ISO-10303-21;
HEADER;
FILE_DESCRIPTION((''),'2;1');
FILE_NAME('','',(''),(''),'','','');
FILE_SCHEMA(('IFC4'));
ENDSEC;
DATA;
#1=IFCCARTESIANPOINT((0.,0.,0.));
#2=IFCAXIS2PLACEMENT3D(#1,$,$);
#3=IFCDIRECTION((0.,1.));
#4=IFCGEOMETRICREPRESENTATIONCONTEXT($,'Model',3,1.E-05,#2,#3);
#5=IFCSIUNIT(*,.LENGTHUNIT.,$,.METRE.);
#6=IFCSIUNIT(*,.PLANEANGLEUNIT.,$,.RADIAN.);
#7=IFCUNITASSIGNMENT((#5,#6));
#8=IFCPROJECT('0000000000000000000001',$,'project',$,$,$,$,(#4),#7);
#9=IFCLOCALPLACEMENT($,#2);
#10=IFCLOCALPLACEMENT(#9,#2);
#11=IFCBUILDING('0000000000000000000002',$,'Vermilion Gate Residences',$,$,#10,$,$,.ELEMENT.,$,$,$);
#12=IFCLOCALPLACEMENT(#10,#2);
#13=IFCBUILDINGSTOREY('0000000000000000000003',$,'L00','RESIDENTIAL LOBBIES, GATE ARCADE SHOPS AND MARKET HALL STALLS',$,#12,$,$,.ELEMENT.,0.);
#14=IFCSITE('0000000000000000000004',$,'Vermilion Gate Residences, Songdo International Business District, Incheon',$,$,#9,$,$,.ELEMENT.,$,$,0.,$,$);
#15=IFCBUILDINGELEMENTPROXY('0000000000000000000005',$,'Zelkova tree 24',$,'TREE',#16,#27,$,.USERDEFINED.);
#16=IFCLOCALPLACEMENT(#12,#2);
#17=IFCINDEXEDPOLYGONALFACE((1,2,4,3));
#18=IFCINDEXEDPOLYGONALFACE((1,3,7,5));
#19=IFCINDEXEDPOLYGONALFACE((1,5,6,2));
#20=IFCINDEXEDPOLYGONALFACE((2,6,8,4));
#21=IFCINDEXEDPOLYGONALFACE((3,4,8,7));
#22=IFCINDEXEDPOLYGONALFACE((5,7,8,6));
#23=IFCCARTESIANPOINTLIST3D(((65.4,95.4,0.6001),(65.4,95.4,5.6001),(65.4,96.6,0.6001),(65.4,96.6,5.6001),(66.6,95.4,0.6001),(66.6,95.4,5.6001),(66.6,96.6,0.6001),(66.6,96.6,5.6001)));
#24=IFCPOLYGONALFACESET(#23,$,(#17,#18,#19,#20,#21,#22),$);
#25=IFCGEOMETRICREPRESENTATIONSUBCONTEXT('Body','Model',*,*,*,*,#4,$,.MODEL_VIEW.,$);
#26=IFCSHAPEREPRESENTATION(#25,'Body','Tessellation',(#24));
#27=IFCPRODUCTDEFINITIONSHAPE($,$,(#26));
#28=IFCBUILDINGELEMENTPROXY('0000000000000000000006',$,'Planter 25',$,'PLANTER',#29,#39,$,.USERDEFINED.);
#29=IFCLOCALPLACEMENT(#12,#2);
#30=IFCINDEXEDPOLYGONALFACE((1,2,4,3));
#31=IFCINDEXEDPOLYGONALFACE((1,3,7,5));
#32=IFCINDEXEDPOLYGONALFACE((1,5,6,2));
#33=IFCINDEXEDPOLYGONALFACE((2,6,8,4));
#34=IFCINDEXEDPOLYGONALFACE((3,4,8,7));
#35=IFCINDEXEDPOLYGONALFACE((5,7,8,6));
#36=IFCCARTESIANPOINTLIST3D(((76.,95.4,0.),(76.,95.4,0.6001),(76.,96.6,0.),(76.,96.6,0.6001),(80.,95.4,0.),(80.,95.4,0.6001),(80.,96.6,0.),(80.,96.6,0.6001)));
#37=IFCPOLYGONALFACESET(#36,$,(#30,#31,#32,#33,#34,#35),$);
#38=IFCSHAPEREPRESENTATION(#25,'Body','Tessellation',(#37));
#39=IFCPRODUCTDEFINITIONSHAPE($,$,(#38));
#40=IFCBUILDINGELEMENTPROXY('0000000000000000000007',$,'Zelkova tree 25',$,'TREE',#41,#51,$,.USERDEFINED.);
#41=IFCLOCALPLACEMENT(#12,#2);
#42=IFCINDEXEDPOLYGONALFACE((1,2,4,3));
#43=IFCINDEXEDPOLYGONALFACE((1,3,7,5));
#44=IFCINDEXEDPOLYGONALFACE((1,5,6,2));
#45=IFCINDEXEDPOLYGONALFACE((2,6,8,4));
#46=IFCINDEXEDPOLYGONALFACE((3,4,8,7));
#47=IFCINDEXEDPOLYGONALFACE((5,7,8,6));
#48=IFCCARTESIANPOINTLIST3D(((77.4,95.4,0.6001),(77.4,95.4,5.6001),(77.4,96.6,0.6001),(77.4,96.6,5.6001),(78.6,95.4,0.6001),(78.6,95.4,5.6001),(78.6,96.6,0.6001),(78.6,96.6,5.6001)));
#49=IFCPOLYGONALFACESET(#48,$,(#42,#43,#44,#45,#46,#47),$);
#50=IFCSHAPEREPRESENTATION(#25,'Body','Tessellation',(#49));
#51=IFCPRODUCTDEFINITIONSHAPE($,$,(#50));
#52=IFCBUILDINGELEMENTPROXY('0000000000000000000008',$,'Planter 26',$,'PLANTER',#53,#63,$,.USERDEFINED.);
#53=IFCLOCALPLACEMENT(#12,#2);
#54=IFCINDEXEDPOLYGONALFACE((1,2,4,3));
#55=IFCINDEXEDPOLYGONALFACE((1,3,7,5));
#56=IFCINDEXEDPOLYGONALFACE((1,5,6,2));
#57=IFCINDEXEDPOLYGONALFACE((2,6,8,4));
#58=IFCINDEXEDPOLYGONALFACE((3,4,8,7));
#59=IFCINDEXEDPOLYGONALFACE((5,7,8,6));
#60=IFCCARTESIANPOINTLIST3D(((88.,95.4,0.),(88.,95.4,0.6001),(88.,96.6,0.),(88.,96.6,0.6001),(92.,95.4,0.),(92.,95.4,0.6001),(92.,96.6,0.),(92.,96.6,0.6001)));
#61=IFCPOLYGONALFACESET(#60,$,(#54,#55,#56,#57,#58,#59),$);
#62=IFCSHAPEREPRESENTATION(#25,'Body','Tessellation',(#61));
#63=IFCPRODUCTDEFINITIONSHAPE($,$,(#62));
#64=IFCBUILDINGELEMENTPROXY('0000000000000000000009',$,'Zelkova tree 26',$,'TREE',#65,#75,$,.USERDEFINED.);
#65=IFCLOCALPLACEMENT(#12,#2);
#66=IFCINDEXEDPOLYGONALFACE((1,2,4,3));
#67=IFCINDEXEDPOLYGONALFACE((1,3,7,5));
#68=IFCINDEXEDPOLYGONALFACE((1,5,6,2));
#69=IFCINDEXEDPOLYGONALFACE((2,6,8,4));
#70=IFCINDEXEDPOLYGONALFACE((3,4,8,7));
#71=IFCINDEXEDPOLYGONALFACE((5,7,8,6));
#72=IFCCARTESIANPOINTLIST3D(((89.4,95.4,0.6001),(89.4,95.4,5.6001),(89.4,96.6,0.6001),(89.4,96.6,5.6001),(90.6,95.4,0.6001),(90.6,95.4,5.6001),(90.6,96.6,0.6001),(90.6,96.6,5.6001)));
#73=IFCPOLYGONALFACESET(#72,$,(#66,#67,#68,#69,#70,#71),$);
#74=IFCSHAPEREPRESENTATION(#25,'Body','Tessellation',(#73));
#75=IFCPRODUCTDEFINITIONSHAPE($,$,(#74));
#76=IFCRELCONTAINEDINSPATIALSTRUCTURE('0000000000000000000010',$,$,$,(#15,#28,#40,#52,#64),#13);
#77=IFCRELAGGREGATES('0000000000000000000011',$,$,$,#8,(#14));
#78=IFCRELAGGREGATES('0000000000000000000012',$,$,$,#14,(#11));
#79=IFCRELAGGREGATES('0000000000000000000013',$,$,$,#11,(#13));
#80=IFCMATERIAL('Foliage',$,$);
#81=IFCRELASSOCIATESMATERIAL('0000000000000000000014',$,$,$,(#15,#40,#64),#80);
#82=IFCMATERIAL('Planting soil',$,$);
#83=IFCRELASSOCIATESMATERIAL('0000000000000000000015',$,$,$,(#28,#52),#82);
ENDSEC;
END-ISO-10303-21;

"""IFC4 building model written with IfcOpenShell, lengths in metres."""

from ifc_helpers import new_model, si_unit, direction, frame, origin, origin_2d, place, context, subcontext, project, spatial, rectangle, extrude, material, element, save


model = new_model("IFC4")

# Units and contexts
model_context = context("Model", 3, precision=1e-05, world=origin(), true_north=direction((0.0, 1.0)))
body_context = subcontext(model_context, "Body", "Model", "MODEL_VIEW")
ifc_project = project(units=[si_unit("LENGTHUNIT", "METRE"), si_unit("PLANEANGLEUNIT", "RADIAN")], contexts=[model_context])

# Site, building, storey
site_placement = place(None, origin())
site = spatial("IfcSite", under=ifc_project, at=site_placement, Name="Vermilion Gate Residences, Songdo International Business District, Incheon", CompositionType="ELEMENT", RefElevation=0.0)
building_placement = place(site_placement, origin())
building = spatial("IfcBuilding", under=site, at=building_placement, Name="Vermilion Gate Residences", CompositionType="ELEMENT")
storey_placement = place(building_placement, origin())
storey = spatial("IfcBuildingStorey", under=building, at=storey_placement, Name="L00", Description="RESIDENTIAL LOBBIES, GATE ARCADE SHOPS AND MARKET HALL STALLS", CompositionType="ELEMENT", Elevation=0.0)

# Building element proxies
ifc_material_1 = material(Name="Planting soil")
ifc_material_2 = material(Name="Foliage")
proxy_1_placement = place(storey_placement, frame((66.0, 96.0, 0.6001), z_axis=(0.0, 0.0, 1.0), x_axis=(1.0, 0.0, 0.0)))
element("IfcBuildingElementProxy", 1, at=proxy_1_placement, inside=storey, material=ifc_material_2, Name="Zelkova tree 24", ObjectType="TREE", PredefinedType="USERDEFINED", context=body_context, shape_type="SweptSolid", body=[
    extrude(rectangle(XDim=1.2, YDim=1.2, at=origin_2d()), origin(), (0.0, 0.0, 1.0), 5.0),
])
proxy_2_placement = place(storey_placement, frame((78.0, 96.0, 0.0), z_axis=(0.0, 0.0, 1.0), x_axis=(1.0, 0.0, 0.0)))
element("IfcBuildingElementProxy", 2, at=proxy_2_placement, inside=storey, material=ifc_material_1, Name="Planter 25", ObjectType="PLANTER", PredefinedType="USERDEFINED", context=body_context, shape_type="SweptSolid", body=[
    extrude(rectangle(XDim=4.0, YDim=1.2, at=origin_2d()), origin(), (0.0, 0.0, 1.0), 0.6001),
])
proxy_3_placement = place(storey_placement, frame((78.0, 96.0, 0.6001), z_axis=(0.0, 0.0, 1.0), x_axis=(1.0, 0.0, 0.0)))
element("IfcBuildingElementProxy", 3, at=proxy_3_placement, inside=storey, material=ifc_material_2, Name="Zelkova tree 25", ObjectType="TREE", PredefinedType="USERDEFINED", context=body_context, shape_type="SweptSolid", body=[
    extrude(rectangle(XDim=1.2, YDim=1.2, at=origin_2d()), origin(), (0.0, 0.0, 1.0), 5.0),
])
proxy_4_placement = place(storey_placement, frame((90.0, 96.0, 0.0), z_axis=(0.0, 0.0, 1.0), x_axis=(1.0, 0.0, 0.0)))
element("IfcBuildingElementProxy", 4, at=proxy_4_placement, inside=storey, material=ifc_material_1, Name="Planter 26", ObjectType="PLANTER", PredefinedType="USERDEFINED", context=body_context, shape_type="SweptSolid", body=[
    extrude(rectangle(XDim=4.0, YDim=1.2, at=origin_2d()), origin(), (0.0, 0.0, 1.0), 0.6001),
])
proxy_5_placement = place(storey_placement, frame((90.0, 96.0, 0.6001), z_axis=(0.0, 0.0, 1.0), x_axis=(1.0, 0.0, 0.0)))
element("IfcBuildingElementProxy", 5, at=proxy_5_placement, inside=storey, material=ifc_material_2, Name="Zelkova tree 26", ObjectType="TREE", PredefinedType="USERDEFINED", context=body_context, shape_type="SweptSolid", body=[
    extrude(rectangle(XDim=1.2, YDim=1.2, at=origin_2d()), origin(), (0.0, 0.0, 1.0), 5.0),
])

save(model, "model.ifc")
